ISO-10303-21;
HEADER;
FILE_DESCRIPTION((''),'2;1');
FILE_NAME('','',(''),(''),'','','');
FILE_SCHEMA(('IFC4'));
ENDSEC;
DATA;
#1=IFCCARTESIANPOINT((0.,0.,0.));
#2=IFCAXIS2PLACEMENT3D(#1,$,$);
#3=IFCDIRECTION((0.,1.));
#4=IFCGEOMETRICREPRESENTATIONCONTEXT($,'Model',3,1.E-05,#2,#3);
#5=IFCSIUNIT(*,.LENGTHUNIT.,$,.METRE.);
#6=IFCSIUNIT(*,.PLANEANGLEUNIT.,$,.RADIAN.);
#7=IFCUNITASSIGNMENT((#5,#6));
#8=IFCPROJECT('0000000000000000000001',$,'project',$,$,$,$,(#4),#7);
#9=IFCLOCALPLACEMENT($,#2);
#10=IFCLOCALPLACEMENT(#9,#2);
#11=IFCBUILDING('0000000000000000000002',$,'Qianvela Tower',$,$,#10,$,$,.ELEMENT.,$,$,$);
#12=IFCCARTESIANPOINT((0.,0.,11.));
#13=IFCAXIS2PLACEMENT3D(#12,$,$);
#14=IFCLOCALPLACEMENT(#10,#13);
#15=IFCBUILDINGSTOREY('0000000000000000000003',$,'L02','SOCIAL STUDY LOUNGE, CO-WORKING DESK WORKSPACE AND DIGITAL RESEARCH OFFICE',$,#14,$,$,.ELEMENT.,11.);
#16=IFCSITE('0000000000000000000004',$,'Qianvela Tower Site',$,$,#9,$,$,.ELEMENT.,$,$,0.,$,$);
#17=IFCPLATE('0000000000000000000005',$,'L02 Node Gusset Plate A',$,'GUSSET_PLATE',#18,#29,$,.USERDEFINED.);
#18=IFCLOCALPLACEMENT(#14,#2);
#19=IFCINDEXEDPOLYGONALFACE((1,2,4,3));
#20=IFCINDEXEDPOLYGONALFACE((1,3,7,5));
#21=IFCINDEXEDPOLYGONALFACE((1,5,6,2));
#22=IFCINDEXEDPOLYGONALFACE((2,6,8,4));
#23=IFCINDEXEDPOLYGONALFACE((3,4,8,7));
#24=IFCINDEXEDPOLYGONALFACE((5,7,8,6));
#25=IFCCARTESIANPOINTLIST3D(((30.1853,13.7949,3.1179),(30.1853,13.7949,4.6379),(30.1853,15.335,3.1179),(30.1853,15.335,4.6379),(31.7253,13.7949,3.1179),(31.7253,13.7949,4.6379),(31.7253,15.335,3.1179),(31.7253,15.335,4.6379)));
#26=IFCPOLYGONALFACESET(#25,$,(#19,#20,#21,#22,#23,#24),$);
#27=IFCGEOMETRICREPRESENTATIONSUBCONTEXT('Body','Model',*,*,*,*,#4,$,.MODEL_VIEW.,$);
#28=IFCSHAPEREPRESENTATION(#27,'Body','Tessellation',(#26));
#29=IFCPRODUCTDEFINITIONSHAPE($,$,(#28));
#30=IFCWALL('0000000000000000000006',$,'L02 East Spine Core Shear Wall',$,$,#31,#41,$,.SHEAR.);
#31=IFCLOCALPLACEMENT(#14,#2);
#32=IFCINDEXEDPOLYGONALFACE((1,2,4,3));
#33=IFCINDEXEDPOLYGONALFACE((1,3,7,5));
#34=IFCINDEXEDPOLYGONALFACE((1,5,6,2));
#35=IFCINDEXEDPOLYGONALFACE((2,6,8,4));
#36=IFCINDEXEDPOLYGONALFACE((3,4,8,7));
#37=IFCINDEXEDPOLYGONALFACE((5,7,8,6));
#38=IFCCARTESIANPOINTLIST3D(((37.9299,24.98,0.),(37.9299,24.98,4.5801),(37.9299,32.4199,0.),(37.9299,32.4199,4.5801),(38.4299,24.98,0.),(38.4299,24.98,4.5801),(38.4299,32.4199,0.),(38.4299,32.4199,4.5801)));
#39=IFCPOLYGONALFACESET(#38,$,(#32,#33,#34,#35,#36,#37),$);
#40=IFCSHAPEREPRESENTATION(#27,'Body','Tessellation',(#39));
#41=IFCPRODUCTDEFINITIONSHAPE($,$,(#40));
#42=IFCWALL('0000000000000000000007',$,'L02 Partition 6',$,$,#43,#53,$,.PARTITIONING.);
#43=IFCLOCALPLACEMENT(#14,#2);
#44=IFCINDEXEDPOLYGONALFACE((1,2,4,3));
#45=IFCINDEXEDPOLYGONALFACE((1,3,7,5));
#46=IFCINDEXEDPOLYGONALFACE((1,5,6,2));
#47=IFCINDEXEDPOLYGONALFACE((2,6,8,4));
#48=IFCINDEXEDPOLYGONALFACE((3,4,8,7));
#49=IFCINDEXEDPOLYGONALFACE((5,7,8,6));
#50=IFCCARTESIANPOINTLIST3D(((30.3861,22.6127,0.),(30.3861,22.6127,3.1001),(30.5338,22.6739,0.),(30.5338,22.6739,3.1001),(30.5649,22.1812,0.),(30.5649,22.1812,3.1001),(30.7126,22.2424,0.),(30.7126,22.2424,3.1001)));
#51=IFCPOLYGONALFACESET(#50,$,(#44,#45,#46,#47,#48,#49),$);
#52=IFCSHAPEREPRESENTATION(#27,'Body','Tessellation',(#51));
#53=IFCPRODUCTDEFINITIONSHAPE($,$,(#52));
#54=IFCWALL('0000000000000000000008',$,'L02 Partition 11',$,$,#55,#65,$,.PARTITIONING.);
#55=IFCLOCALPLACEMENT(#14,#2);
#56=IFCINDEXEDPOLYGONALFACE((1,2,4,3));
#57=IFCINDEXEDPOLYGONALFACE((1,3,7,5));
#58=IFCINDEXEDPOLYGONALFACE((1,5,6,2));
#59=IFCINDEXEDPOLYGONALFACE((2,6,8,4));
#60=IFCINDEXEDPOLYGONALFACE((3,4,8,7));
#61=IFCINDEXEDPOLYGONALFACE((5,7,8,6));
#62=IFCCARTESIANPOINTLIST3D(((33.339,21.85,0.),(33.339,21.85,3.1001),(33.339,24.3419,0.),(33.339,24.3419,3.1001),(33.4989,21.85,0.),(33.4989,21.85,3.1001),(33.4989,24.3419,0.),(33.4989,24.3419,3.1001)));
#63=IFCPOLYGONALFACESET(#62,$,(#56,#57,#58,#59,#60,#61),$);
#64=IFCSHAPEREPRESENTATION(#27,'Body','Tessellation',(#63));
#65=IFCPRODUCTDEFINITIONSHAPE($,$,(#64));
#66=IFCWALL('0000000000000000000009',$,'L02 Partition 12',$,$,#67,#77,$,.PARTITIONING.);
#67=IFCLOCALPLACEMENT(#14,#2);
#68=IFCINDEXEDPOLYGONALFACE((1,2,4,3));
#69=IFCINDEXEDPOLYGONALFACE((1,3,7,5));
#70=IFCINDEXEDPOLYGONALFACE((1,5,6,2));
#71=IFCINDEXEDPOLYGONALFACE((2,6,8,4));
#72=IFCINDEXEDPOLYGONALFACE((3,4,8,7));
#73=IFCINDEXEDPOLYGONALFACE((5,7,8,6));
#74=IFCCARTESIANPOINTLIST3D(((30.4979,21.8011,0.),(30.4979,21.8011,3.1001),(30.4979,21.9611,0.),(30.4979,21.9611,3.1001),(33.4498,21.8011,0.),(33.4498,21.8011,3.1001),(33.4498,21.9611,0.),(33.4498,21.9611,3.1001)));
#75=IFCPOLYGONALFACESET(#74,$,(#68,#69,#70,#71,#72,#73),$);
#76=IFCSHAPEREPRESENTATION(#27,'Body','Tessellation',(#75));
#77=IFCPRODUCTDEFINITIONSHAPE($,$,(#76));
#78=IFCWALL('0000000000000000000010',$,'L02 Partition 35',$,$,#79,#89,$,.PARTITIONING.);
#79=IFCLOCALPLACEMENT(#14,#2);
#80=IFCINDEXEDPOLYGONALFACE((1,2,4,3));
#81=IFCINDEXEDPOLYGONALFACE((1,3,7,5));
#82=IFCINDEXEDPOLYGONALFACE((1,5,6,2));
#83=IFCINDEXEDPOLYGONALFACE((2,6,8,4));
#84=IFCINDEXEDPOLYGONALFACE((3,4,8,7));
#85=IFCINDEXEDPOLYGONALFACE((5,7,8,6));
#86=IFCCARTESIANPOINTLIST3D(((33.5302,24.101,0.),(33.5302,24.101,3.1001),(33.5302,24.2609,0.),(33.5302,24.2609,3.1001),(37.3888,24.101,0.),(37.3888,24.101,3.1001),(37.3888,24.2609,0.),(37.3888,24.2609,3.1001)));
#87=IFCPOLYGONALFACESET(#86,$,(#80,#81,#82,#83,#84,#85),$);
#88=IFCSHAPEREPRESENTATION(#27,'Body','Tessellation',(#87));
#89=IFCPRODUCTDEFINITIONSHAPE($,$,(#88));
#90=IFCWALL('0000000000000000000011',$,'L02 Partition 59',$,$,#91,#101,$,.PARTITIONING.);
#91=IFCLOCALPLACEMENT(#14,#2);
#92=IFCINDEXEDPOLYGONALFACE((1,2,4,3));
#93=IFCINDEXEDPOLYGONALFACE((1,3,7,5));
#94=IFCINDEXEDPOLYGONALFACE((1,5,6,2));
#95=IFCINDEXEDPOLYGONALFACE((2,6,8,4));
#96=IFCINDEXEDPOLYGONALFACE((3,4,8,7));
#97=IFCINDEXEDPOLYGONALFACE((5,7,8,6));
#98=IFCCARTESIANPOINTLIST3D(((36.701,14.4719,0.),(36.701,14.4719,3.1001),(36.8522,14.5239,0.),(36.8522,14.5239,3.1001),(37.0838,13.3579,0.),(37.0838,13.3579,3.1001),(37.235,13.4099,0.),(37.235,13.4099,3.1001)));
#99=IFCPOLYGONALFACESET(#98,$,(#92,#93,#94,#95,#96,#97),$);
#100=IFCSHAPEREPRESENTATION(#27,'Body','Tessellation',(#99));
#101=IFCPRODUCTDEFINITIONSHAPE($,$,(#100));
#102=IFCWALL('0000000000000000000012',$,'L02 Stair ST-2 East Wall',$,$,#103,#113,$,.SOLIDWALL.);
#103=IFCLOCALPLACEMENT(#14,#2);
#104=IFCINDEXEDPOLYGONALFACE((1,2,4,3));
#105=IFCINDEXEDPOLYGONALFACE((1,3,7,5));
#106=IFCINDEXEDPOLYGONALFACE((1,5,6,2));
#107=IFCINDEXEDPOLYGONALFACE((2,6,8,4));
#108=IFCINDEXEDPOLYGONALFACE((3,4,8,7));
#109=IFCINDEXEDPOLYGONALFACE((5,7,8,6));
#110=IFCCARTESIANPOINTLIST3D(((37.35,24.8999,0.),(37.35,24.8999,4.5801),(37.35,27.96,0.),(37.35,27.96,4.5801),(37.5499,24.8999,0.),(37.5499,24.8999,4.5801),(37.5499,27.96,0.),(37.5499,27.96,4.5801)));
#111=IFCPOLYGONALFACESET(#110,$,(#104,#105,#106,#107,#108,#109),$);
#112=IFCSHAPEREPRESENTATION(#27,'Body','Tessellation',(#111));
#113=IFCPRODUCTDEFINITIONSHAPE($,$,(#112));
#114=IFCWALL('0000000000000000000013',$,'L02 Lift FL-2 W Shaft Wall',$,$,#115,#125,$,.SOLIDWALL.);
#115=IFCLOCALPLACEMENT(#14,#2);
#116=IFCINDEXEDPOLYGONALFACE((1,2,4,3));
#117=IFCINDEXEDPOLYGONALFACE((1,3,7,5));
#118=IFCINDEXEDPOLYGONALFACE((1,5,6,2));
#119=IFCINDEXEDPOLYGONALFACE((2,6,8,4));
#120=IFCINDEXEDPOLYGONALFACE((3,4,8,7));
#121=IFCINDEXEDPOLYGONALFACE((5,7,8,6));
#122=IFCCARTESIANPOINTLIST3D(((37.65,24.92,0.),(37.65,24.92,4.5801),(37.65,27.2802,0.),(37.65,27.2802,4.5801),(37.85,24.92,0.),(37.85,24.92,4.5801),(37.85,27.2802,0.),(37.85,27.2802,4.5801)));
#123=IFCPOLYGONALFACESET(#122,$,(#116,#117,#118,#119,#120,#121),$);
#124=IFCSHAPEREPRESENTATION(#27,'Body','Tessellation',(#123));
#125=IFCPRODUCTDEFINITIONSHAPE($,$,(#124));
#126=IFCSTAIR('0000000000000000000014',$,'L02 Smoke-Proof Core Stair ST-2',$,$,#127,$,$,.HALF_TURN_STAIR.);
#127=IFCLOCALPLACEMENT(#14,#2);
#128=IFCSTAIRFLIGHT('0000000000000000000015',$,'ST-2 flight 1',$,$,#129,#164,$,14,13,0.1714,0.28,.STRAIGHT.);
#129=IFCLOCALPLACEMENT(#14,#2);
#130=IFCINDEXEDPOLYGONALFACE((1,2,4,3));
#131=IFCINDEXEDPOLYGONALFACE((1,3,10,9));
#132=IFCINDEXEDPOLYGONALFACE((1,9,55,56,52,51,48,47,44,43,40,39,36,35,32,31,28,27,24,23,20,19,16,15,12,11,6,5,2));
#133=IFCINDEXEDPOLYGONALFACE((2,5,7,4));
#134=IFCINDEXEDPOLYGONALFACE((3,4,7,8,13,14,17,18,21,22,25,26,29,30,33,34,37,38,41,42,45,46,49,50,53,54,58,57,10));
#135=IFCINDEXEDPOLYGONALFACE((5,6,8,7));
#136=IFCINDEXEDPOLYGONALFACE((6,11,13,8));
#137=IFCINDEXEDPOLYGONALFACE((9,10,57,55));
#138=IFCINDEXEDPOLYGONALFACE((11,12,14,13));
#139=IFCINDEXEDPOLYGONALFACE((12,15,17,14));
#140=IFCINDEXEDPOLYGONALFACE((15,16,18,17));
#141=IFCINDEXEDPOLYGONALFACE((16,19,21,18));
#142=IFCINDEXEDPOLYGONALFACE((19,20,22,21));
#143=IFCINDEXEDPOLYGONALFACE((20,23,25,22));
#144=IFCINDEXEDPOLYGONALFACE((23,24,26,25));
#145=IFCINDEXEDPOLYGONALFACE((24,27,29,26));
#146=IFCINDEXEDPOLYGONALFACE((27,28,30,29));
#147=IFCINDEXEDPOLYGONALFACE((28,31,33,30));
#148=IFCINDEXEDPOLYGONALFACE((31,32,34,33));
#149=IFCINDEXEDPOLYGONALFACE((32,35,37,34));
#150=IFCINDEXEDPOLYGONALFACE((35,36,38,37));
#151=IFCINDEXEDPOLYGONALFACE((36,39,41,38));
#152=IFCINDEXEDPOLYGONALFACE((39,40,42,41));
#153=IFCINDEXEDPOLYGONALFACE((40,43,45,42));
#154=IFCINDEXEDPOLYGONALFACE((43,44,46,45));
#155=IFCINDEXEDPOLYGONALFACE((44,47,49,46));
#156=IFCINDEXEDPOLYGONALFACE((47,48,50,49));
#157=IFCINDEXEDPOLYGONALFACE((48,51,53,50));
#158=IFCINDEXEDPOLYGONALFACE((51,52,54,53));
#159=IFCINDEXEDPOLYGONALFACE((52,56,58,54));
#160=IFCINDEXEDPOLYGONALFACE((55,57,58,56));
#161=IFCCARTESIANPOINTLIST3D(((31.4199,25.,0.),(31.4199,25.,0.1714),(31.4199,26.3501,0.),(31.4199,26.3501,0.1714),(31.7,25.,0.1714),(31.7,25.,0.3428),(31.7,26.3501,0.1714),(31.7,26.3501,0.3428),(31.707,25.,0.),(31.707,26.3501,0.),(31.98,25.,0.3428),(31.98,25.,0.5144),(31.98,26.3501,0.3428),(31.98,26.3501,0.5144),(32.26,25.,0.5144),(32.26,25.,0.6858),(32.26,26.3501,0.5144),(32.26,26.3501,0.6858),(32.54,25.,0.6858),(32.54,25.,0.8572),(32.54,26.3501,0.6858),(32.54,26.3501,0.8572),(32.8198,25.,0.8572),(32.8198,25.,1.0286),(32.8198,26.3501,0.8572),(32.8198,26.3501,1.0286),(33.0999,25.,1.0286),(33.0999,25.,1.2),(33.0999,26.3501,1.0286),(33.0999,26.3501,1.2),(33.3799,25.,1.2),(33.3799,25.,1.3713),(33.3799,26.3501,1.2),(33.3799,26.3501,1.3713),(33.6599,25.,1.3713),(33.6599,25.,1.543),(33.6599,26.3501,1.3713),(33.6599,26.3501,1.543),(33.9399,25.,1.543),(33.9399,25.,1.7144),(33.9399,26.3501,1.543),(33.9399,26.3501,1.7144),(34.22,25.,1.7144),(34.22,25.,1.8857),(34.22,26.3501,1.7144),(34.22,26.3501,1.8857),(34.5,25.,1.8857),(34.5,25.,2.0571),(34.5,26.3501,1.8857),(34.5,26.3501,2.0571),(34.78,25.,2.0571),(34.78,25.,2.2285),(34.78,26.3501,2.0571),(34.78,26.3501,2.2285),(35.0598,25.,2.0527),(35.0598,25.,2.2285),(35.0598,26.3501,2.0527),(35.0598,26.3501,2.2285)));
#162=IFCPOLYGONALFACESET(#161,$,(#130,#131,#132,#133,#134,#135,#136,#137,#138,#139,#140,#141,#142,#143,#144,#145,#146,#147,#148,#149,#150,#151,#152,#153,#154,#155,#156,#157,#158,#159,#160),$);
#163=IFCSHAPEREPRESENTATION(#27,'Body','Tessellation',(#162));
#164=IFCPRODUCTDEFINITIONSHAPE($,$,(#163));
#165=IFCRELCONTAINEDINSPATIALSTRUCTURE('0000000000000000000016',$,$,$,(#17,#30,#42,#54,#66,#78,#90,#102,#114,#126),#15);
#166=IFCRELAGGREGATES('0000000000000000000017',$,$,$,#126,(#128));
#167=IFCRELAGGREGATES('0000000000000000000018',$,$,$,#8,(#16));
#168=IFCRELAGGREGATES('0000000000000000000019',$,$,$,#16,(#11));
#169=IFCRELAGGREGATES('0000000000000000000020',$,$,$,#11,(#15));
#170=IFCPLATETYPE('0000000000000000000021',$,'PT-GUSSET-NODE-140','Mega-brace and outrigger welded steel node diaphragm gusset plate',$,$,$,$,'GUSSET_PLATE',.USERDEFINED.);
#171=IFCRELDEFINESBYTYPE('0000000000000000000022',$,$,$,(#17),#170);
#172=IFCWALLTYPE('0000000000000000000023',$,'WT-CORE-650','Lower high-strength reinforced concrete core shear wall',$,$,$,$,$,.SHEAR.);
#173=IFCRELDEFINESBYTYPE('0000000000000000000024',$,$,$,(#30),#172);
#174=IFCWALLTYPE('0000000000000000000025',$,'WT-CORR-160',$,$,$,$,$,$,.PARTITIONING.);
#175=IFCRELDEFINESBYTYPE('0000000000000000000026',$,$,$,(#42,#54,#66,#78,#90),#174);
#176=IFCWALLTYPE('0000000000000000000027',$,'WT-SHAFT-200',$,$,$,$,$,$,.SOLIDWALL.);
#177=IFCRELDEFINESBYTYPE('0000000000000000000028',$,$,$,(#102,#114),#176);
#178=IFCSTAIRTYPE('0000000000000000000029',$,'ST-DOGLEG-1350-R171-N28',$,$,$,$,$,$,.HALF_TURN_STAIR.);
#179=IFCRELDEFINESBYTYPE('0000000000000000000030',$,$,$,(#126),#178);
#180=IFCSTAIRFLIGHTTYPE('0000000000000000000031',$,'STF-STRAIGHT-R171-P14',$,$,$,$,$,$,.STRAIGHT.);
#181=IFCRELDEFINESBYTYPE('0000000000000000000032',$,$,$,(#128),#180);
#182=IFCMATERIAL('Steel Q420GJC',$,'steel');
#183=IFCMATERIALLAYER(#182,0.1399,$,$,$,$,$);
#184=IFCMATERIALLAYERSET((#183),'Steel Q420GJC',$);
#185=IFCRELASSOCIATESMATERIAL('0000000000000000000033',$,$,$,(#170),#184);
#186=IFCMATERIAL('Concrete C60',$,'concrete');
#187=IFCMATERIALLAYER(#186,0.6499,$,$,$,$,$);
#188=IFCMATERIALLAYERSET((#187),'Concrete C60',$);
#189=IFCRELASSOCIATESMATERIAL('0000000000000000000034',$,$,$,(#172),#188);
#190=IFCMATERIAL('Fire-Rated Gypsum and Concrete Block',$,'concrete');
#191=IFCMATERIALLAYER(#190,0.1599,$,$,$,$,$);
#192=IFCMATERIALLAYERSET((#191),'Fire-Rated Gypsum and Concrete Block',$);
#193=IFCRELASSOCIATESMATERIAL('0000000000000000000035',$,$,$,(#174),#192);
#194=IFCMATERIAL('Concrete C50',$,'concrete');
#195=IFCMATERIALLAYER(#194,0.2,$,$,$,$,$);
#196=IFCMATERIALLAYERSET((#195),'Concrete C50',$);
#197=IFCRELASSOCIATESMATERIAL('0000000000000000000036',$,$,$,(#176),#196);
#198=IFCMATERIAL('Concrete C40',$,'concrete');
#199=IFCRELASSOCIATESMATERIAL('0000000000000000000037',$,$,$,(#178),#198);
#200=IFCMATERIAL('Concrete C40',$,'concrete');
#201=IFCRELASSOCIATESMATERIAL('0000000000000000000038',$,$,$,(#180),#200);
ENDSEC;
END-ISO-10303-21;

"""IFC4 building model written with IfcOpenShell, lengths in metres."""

from ifc_helpers import new_model, si_unit, direction, frame, frame_2d, origin, origin_2d, place, context, subcontext, project, spatial, polyline, rectangle, outline, extrude, material, layer, layer_set, type_object, element, aggregate, save


model = new_model("IFC4")

# Units and contexts
model_context = context("Model", 3, precision=1e-05, world=origin(), true_north=direction((0.0, 1.0)))
body_context = subcontext(model_context, "Body", "Model", "MODEL_VIEW")
ifc_project = project(units=[si_unit("LENGTHUNIT", "METRE"), si_unit("PLANEANGLEUNIT", "RADIAN")], contexts=[model_context])

# Site, building, storey
site_placement = place(None, origin())
site = spatial("IfcSite", under=ifc_project, at=site_placement, Name="Qianvela Tower Site", CompositionType="ELEMENT", RefElevation=0.0)
building_placement = place(site_placement, origin())
building = spatial("IfcBuilding", under=site, at=building_placement, Name="Qianvela Tower", CompositionType="ELEMENT")
storey_placement = place(building_placement, frame((0.0, 0.0, 11.0)))
storey = spatial("IfcBuildingStorey", under=building, at=storey_placement, Name="L02", Description="SOCIAL STUDY LOUNGE, CO-WORKING DESK WORKSPACE AND DIGITAL RESEARCH OFFICE", CompositionType="ELEMENT", Elevation=11.0)

# Plate
ifc_material_1 = material(Name="Steel Q420GJC", Category="steel")
ifc_layer_1 = layer(ifc_material_1, 0.1399)
ifc_layer_set_1 = layer_set([ifc_layer_1], Name="Steel Q420GJC")
plate_type = type_object("IfcPlateType", Name="PT-GUSSET-NODE-140", Description="Mega-brace and outrigger welded steel node diaphragm gusset plate", ElementType="GUSSET_PLATE", PredefinedType="USERDEFINED", material=ifc_layer_set_1)
plate_placement = place(storey_placement, frame((30.9553, 14.5649, 3.1179), z_axis=(0.0, 0.0, 1.0), x_axis=(1.0, 0.0, 0.0)))
element("IfcPlate", 1, at=plate_placement, inside=storey, type_object=plate_type, Name="L02 Node Gusset Plate A", ObjectType="GUSSET_PLATE", PredefinedType="USERDEFINED", context=body_context, shape_type="SweptSolid", body=[
    extrude(rectangle(XDim=1.54, YDim=1.54, at=origin_2d()), origin(), (0.0, 0.0, 1.0), 1.52),
])

# Walls
ifc_material_2 = material(Name="Concrete C60", Category="concrete")
ifc_layer_2 = layer(ifc_material_2, 0.6499)
ifc_layer_set_2 = layer_set([ifc_layer_2], Name="Concrete C60")
wall_type_1 = type_object("IfcWallType", Name="WT-CORE-650", Description="Lower high-strength reinforced concrete core shear wall", PredefinedType="SHEAR", material=ifc_layer_set_2)
wall_1_placement = place(storey_placement, frame((38.1799, 24.98, 0.0), z_axis=(0.0, 0.0, 1.0), x_axis=(0.0, 1.0, 0.0)))
element("IfcWall", 2, at=wall_1_placement, inside=storey, type_object=wall_type_1, Name="L02 East Spine Core Shear Wall", PredefinedType="SHEAR", context=body_context, shape_type="SweptSolid", body=[
    extrude(rectangle(XDim=7.4399, YDim=0.5, at=frame_2d((3.72, 0.0))), origin(), (0.0, 0.0, 1.0), 4.5801),
])
ifc_material_3 = material(Name="Fire-Rated Gypsum and Concrete Block", Category="concrete")
ifc_layer_3 = layer(ifc_material_3, 0.1599)
ifc_layer_set_3 = layer_set([ifc_layer_3], Name="Fire-Rated Gypsum and Concrete Block")
wall_type_2 = type_object("IfcWallType", Name="WT-CORR-160", PredefinedType="PARTITIONING", material=ifc_layer_set_3)
wall_2_placement = place(storey_placement, frame((30.6387, 22.2119, 0.0), z_axis=(0.0, 0.0, 1.0), x_axis=(-0.382721, 0.923864, 0.0)))
element("IfcWall", 3, at=wall_2_placement, inside=storey, type_object=wall_type_2, Name="L02 Partition 6", PredefinedType="PARTITIONING", context=body_context, shape_type="SweptSolid", body=[
    extrude(rectangle(XDim=0.467, YDim=0.1599, at=frame_2d((0.2334, 0.0))), origin(), (0.0, 0.0, 1.0), 3.1001),
])
wall_3_placement = place(storey_placement, frame((33.4189, 24.342, 0.0), z_axis=(0.0, 0.0, 1.0), x_axis=(0.0, -1.0, 0.0)))
element("IfcWall", 4, at=wall_3_placement, inside=storey, type_object=wall_type_2, Name="L02 Partition 11", PredefinedType="PARTITIONING", context=body_context, shape_type="SweptSolid", body=[
    extrude(rectangle(XDim=2.4919, YDim=0.1599, at=frame_2d((1.2461, 0.0))), origin(), (0.0, 0.0, 1.0), 3.1001),
])
wall_4_placement = place(storey_placement, frame((33.45, 21.8811, 0.0), z_axis=(0.0, 0.0, 1.0), x_axis=(-1.0, 0.0, 0.0)))
element("IfcWall", 5, at=wall_4_placement, inside=storey, type_object=wall_type_2, Name="L02 Partition 12", PredefinedType="PARTITIONING", context=body_context, shape_type="SweptSolid", body=[
    extrude(rectangle(XDim=2.9519, YDim=0.1599, at=frame_2d((1.4761, 0.0))), origin(), (0.0, 0.0, 1.0), 3.1001),
])
wall_5_placement = place(storey_placement, frame((37.3887, 24.1809, 0.0), z_axis=(0.0, 0.0, 1.0), x_axis=(-1.0, 0.0, 0.0)))
element("IfcWall", 6, at=wall_5_placement, inside=storey, type_object=wall_type_2, Name="L02 Partition 35", PredefinedType="PARTITIONING", context=body_context, shape_type="SweptSolid", body=[
    extrude(rectangle(XDim=3.8586, YDim=0.1599, at=frame_2d((1.9292, 0.0))), origin(), (0.0, 0.0, 1.0), 3.1001),
])
wall_6_placement = place(storey_placement, frame((36.7766, 14.4978, 0.0), z_axis=(0.0, 0.0, 1.0), x_axis=(0.324981, -0.94572, 0.0)))
element("IfcWall", 7, at=wall_6_placement, inside=storey, type_object=wall_type_2, Name="L02 Partition 59", PredefinedType="PARTITIONING", context=body_context, shape_type="SweptSolid", body=[
    extrude(rectangle(XDim=1.178, YDim=0.1599, at=frame_2d((0.5889, 0.0))), origin(), (0.0, 0.0, 1.0), 3.1001),
])
ifc_material_4 = material(Name="Concrete C50", Category="concrete")
ifc_layer_4 = layer(ifc_material_4, 0.2)
ifc_layer_set_4 = layer_set([ifc_layer_4], Name="Concrete C50")
wall_type_3 = type_object("IfcWallType", Name="WT-SHAFT-200", PredefinedType="SOLIDWALL", material=ifc_layer_set_4)
wall_7_placement = place(storey_placement, frame((37.45, 24.8999, 0.0), z_axis=(0.0, 0.0, 1.0), x_axis=(0.0, 1.0, 0.0)))
element("IfcWall", 8, at=wall_7_placement, inside=storey, type_object=wall_type_3, Name="L02 Stair ST-2 East Wall", PredefinedType="SOLIDWALL", context=body_context, shape_type="SweptSolid", body=[
    extrude(rectangle(XDim=3.0601, YDim=0.2, at=frame_2d((1.53, 0.0))), origin(), (0.0, 0.0, 1.0), 4.5801),
])

# Wall
wall_8_placement = place(storey_placement, frame((37.75, 24.9199, 0.0), z_axis=(0.0, 0.0, 1.0), x_axis=(0.0, 1.0, 0.0)))
element("IfcWall", 9, at=wall_8_placement, inside=storey, type_object=wall_type_3, Name="L02 Lift FL-2 W Shaft Wall", PredefinedType="SOLIDWALL", context=body_context, shape_type="SweptSolid", body=[
    extrude(rectangle(XDim=2.3601, YDim=0.2, at=frame_2d((1.1802, 0.0))), origin(), (0.0, 0.0, 1.0), 4.5801),
])

# Stair, stair flight
ifc_material_5 = material(Name="Concrete C40", Category="concrete")
stair_type = type_object("IfcStairType", Name="ST-DOGLEG-1350-R171-N28", PredefinedType="HALF_TURN_STAIR", material=ifc_material_5)
stair_placement = place(storey_placement, origin())
stair = element("IfcStair", 10, at=stair_placement, inside=storey, type_object=stair_type, Name="L02 Smoke-Proof Core Stair ST-2", PredefinedType="HALF_TURN_STAIR")
ifc_material_6 = material(Name="Concrete C40", Category="concrete")
stair_flight_type = type_object("IfcStairFlightType", Name="STF-STRAIGHT-R171-P14", PredefinedType="STRAIGHT", material=ifc_material_6)
stair_flight_placement = place(storey_placement, frame((31.4199, 25.675, 0.0), z_axis=(0.0, 0.0, 1.0), x_axis=(1.0, 0.0, 0.0)))
stair_flight = element("IfcStairFlight", 11, at=stair_flight_placement, type_object=stair_flight_type, Name="ST-2 flight 1", NumberOfRisers=14, NumberOfTreads=13, PredefinedType="STRAIGHT", RiserHeight=0.1714, TreadLength=0.28, context=body_context, shape_type="SweptSolid", body=[
    extrude(outline(polyline([(0.0, 0.0), (0.0, 0.1714), (0.28, 0.1714), (0.28, 0.3428), (0.5601, 0.3428), (0.5601, 0.5144), (0.8401, 0.5144), (0.8401, 0.6858), (1.1201, 0.6858), (1.1201, 0.8572), (1.3999, 0.8572), (1.3999, 1.0286), (1.6799, 1.0286), (1.6799, 1.2), (1.96, 1.2), (1.96, 1.3713), (2.24, 1.3713), (2.24, 1.543), (2.52, 1.543), (2.52, 1.7144), (2.8, 1.7144), (2.8, 1.8857), (3.0801, 1.8857), (3.0801, 2.0571), (3.3601, 2.0571), (3.3601, 2.2285), (3.6399, 2.2285), (3.6399, 2.3999), (3.6399, 2.0527), (0.2871, 0.0), (0.0, 0.0)])), frame((0.0, 0.675, 0.0), z_axis=(0.0, -1.0, 0.0), x_axis=(1.0, 0.0, 0.0)), (0.0, 0.0, 1.0), 1.3501),
])
aggregate(stair, [stair_flight])

save(model, "model.ifc")
